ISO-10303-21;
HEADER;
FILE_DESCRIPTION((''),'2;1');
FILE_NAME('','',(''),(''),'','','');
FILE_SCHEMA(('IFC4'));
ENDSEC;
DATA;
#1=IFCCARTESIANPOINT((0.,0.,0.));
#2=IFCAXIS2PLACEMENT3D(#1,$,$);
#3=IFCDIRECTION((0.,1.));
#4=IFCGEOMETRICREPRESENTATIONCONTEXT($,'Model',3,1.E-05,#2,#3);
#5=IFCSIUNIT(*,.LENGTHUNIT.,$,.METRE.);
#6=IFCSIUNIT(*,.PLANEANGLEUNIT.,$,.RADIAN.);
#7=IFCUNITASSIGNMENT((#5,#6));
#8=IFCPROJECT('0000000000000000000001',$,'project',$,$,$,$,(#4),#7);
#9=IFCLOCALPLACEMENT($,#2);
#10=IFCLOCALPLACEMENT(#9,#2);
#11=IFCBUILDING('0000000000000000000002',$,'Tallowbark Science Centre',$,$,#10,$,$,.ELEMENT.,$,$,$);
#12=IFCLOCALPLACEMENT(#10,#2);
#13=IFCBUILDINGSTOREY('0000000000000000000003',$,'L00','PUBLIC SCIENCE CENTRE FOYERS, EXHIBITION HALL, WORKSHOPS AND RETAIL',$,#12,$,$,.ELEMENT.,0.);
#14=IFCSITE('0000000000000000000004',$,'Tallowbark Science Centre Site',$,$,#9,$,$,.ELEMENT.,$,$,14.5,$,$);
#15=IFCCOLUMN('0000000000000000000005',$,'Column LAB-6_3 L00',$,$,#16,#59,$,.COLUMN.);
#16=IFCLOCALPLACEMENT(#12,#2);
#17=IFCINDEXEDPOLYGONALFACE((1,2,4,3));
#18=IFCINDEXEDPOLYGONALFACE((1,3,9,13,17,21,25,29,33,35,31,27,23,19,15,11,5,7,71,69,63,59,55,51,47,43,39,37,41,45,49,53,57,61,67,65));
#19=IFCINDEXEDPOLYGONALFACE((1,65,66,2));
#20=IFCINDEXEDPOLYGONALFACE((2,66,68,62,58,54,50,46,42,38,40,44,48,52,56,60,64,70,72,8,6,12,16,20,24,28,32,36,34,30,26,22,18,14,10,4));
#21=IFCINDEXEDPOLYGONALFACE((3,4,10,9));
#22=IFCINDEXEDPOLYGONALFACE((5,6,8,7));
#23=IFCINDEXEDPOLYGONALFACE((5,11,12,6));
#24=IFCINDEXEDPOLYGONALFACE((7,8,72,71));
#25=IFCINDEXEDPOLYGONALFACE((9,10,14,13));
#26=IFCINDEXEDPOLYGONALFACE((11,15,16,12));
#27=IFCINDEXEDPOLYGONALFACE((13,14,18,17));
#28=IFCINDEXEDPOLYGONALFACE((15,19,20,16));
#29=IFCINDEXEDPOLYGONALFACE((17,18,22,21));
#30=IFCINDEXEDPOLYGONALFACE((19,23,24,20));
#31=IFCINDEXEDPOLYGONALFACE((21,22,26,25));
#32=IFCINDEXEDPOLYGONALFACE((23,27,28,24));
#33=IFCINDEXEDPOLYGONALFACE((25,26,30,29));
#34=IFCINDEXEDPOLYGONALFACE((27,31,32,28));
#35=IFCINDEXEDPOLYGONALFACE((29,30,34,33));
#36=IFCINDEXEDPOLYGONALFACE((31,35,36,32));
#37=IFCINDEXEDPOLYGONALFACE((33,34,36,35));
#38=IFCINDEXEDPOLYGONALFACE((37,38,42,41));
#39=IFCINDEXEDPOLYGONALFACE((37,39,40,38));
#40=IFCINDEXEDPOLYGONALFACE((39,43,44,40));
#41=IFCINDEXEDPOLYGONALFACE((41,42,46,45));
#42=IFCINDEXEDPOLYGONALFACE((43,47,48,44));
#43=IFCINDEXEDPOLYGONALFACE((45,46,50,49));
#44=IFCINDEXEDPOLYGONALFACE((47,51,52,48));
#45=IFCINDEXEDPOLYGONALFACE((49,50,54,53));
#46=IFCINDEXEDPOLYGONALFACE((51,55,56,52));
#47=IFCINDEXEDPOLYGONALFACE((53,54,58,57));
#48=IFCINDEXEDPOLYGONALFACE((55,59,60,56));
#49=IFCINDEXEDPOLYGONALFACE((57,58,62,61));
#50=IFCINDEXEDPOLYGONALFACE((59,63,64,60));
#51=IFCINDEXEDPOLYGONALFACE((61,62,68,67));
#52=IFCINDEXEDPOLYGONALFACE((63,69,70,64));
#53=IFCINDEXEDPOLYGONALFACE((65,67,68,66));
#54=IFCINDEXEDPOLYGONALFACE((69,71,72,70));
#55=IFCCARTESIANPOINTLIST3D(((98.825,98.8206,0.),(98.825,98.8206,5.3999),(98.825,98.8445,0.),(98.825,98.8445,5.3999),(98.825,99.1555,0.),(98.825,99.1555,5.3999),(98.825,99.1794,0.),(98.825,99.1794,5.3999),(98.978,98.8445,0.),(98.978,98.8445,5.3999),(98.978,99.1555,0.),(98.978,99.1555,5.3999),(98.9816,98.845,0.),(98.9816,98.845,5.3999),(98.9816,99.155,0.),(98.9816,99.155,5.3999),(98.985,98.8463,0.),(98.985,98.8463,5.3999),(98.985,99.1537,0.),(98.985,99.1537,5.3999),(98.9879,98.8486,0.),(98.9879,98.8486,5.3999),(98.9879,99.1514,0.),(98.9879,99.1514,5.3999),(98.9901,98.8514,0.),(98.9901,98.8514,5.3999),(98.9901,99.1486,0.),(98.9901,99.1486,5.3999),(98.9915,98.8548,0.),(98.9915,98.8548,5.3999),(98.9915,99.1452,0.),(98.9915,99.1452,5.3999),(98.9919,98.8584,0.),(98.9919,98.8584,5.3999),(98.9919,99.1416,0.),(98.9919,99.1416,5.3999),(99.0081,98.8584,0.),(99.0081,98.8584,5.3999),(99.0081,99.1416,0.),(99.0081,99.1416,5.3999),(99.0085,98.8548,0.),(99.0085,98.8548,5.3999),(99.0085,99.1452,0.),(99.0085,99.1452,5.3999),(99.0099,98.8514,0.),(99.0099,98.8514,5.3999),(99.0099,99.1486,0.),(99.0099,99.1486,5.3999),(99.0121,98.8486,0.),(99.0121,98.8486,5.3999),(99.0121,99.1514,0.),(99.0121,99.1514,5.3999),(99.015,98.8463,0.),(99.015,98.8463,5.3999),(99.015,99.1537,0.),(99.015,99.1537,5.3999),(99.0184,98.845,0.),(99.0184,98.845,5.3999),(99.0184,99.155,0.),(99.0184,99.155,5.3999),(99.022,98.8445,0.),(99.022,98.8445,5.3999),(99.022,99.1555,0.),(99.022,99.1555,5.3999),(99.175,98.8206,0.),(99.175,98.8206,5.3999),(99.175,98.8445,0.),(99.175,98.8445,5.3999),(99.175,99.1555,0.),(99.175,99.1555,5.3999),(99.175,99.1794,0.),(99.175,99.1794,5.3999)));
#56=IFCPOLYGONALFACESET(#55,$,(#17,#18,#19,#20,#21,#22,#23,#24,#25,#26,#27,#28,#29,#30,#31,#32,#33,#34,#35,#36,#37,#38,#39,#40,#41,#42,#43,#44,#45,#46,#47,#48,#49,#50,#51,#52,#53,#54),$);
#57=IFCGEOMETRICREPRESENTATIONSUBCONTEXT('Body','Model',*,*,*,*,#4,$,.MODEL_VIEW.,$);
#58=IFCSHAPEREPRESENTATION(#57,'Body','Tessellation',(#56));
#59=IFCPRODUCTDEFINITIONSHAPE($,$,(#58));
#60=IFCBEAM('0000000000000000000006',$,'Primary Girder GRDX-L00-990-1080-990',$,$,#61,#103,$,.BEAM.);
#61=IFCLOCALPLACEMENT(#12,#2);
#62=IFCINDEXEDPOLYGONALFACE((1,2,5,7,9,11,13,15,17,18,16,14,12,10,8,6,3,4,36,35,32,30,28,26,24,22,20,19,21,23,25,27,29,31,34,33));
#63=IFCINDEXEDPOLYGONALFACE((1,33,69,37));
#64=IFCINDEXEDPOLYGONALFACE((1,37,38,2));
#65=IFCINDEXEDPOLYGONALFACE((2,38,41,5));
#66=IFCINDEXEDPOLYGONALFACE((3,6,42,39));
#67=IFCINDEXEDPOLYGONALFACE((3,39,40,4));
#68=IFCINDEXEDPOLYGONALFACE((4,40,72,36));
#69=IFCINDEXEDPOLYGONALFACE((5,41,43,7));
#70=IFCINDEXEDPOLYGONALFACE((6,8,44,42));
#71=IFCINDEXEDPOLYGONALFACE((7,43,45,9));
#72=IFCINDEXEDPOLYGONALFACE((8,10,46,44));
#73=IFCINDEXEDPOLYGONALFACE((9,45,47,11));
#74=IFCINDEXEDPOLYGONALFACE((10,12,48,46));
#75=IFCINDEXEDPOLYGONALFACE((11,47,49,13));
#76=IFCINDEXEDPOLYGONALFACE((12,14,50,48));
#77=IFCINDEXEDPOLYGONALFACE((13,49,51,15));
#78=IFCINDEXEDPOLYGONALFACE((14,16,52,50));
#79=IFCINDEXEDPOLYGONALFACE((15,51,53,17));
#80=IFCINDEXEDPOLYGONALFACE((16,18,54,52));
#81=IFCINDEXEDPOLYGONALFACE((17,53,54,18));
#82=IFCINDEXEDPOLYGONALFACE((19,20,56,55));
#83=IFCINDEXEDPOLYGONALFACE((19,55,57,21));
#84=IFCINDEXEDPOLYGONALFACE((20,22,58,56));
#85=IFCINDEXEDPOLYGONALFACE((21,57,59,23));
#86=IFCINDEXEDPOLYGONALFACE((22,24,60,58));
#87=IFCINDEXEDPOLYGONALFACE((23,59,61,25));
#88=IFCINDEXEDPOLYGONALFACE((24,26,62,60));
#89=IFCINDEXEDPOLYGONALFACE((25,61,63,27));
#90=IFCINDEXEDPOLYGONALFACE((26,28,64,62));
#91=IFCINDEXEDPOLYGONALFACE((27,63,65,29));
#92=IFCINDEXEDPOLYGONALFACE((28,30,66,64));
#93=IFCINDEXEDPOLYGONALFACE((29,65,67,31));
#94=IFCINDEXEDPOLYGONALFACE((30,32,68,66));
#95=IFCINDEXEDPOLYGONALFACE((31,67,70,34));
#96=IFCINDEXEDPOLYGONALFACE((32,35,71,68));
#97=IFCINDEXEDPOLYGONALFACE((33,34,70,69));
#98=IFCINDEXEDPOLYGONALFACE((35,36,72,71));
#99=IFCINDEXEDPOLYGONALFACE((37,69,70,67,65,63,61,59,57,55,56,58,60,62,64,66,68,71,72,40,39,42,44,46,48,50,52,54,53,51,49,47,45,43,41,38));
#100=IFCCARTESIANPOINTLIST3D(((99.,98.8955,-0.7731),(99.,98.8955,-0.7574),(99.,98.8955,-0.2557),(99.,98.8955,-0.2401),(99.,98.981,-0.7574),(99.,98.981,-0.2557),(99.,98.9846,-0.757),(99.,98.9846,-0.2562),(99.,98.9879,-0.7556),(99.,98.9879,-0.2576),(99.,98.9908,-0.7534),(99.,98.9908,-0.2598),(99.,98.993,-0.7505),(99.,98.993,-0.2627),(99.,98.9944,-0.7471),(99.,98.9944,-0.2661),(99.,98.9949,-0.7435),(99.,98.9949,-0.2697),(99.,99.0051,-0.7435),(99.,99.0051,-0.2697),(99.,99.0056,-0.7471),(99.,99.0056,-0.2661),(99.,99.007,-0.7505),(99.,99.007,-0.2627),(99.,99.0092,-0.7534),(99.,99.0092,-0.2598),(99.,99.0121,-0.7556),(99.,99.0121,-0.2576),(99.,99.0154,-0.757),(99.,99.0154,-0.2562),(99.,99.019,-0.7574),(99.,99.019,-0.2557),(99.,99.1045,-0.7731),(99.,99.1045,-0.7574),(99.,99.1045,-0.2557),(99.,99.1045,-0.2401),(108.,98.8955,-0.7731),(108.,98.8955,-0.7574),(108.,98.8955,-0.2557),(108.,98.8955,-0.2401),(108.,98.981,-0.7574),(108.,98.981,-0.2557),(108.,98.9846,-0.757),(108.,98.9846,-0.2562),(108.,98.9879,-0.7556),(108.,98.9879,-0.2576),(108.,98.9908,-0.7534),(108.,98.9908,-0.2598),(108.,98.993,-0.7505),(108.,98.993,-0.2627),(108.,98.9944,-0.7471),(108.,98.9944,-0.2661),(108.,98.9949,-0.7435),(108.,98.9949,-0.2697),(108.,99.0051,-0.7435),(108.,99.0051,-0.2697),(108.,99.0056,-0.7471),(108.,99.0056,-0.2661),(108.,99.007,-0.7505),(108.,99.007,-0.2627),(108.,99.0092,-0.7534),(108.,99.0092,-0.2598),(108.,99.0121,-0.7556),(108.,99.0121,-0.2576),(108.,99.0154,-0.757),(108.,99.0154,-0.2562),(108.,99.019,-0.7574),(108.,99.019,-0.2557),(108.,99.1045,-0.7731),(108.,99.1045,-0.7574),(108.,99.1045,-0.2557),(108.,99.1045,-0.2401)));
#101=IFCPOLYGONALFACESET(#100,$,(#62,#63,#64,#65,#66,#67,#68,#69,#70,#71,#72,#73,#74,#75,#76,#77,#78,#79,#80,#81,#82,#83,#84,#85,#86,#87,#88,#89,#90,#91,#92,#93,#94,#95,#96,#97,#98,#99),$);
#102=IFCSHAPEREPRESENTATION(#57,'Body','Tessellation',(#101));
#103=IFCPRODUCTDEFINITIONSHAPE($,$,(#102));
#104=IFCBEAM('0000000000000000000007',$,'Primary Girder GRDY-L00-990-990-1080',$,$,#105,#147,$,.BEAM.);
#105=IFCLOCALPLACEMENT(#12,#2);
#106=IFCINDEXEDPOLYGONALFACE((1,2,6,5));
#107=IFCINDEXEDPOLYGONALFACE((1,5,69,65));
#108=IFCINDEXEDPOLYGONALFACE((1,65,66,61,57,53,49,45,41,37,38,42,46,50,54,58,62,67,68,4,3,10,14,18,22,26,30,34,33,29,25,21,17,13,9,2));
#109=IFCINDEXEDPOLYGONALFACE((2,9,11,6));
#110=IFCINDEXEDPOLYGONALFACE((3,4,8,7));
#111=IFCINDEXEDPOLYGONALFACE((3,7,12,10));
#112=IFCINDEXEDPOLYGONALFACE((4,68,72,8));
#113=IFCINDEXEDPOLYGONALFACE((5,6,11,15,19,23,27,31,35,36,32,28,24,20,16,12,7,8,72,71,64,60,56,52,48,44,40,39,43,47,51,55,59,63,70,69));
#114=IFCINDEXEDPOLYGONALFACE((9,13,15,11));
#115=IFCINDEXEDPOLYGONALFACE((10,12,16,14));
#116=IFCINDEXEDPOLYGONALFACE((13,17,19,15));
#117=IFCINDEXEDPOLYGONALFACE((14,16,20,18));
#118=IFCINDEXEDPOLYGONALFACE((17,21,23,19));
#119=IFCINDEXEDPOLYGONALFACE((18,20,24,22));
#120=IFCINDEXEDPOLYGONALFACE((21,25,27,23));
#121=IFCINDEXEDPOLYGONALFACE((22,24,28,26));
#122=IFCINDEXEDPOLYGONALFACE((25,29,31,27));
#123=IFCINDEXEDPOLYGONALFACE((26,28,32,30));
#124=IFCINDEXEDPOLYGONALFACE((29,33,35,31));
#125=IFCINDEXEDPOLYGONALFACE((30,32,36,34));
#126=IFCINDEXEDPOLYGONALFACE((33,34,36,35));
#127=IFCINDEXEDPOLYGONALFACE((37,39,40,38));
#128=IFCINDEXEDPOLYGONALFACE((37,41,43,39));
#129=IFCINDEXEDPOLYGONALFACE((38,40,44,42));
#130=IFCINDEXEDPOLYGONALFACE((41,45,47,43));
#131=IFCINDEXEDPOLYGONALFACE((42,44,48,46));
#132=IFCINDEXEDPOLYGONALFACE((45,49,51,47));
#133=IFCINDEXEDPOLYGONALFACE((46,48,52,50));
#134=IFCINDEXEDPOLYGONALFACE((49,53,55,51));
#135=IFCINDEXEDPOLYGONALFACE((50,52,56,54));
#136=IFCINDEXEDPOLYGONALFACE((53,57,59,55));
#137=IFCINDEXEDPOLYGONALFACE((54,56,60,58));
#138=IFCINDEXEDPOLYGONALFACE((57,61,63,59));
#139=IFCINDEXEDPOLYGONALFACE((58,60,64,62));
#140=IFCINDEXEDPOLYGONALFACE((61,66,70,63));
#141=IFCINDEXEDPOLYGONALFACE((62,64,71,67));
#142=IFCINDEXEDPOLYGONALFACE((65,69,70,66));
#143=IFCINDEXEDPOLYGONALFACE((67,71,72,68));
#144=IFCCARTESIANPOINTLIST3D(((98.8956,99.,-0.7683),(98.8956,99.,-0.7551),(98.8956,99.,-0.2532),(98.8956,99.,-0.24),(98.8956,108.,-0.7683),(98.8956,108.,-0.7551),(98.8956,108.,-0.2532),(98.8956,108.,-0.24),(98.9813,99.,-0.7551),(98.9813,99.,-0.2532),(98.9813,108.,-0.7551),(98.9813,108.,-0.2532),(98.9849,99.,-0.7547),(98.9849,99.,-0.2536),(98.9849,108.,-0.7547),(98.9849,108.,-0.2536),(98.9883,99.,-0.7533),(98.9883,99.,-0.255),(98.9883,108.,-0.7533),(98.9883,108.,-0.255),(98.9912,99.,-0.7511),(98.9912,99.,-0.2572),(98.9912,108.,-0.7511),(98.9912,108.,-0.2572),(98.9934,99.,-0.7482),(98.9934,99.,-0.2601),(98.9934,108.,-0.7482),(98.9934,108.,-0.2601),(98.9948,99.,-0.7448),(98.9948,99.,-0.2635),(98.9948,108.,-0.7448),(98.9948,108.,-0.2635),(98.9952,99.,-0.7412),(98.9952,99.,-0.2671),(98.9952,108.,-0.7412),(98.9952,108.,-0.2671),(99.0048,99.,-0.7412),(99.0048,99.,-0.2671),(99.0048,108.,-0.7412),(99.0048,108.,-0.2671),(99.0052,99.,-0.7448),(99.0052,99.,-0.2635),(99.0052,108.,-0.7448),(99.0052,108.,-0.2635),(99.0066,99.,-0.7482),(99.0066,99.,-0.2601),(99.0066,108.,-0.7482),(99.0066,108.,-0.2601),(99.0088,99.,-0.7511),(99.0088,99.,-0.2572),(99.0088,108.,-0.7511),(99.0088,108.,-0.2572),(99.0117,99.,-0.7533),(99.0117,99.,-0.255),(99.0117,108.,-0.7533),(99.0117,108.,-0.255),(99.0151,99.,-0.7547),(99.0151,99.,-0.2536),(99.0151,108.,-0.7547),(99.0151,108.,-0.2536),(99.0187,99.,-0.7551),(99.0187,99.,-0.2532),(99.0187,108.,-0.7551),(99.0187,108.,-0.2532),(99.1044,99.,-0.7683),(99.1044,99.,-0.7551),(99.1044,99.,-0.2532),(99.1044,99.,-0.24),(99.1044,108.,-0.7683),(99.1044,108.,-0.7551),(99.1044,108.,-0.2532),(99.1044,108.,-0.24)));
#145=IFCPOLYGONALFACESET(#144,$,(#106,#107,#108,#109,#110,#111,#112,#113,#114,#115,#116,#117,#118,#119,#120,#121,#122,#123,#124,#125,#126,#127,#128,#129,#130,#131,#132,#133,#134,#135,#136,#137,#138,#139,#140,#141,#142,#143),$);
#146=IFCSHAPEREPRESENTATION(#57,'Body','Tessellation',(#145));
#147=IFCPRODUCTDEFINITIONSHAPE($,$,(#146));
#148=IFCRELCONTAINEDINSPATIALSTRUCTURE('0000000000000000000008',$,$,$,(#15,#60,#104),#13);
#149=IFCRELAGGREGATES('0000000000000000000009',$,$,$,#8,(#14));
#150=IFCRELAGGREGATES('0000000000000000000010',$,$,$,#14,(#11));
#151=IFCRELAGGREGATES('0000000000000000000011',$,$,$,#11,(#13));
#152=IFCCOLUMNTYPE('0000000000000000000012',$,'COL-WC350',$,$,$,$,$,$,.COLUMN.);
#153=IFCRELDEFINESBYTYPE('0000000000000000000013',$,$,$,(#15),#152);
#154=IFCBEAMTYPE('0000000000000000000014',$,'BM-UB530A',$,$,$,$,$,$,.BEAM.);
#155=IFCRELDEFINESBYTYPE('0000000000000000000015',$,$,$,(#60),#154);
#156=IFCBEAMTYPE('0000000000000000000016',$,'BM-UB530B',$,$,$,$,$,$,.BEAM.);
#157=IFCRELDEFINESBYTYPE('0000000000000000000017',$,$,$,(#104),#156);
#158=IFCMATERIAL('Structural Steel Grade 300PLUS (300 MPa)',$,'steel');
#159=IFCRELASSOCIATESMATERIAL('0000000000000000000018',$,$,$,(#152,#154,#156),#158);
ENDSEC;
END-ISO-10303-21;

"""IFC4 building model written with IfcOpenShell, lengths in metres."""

from ifc_helpers import new_model, si_unit, direction, frame, origin, origin_2d, place, context, subcontext, project, spatial, i_section, extrude, material, material_profile, profile_set, type_object, element, save


model = new_model("IFC4")

# Units and contexts
model_context = context("Model", 3, precision=1e-05, world=origin(), true_north=direction((0.0, 1.0)))
body_context = subcontext(model_context, "Body", "Model", "MODEL_VIEW")
ifc_project = project(units=[si_unit("LENGTHUNIT", "METRE"), si_unit("PLANEANGLEUNIT", "RADIAN")], contexts=[model_context])

# Site, building, storey
site_placement = place(None, origin())
site = spatial("IfcSite", under=ifc_project, at=site_placement, Name="Tallowbark Science Centre Site", CompositionType="ELEMENT", RefElevation=14.5)
building_placement = place(site_placement, origin())
building = spatial("IfcBuilding", under=site, at=building_placement, Name="Tallowbark Science Centre", CompositionType="ELEMENT")
storey_placement = place(building_placement, origin())
storey = spatial("IfcBuildingStorey", under=building, at=storey_placement, Name="L00", Description="PUBLIC SCIENCE CENTRE FOYERS, EXHIBITION HALL, WORKSHOPS AND RETAIL", CompositionType="ELEMENT", Elevation=0.0)

# Column
ifc_material_1 = material(Name="Structural Steel Grade 300PLUS (300 MPa)", Category="steel")
ifc_material_profile_1 = material_profile(ifc_material_1, i_section(OverallWidth=0.3501, OverallDepth=0.3589, WebThickness=0.0161, FlangeThickness=0.0239, FilletRadius=0.0139, at=origin_2d()), Name="350WC197")
ifc_profile_set_1 = profile_set([ifc_material_profile_1], Name="Structural Steel Grade 300PLUS (300 MPa)")
column_type = type_object("IfcColumnType", Name="COL-WC350", PredefinedType="COLUMN", material=ifc_profile_set_1)
column_placement = place(storey_placement, frame((99.0, 99.0, 0.0), z_axis=(0.0, 0.0, 1.0), x_axis=(1.0, 0.0, 0.0)))
element("IfcColumn", 1, at=column_placement, inside=storey, type_object=column_type, Name="Column LAB-6_3 L00", PredefinedType="COLUMN", context=body_context, shape_type="SweptSolid", body=[
    extrude(i_section(OverallWidth=0.3501, OverallDepth=0.3589, WebThickness=0.0161, FlangeThickness=0.0239, FilletRadius=0.0139, at=origin_2d()), origin(), (0.0, 0.0, 1.0), 5.3999),
])

# Beams
ifc_material_profile_2 = material_profile(ifc_material_1, i_section(OverallWidth=0.209, OverallDepth=0.533, WebThickness=0.0103, FlangeThickness=0.0156, FilletRadius=0.0139, at=origin_2d()), Name="530UB92.4")
ifc_profile_set_2 = profile_set([ifc_material_profile_2], Name="Structural Steel Grade 300PLUS (300 MPa)")
beam_type_1 = type_object("IfcBeamType", Name="BM-UB530A", PredefinedType="BEAM", material=ifc_profile_set_2)
beam_1_placement = place(storey_placement, frame((99.0, 99.0, -0.5066), z_axis=(1.0, 0.0, 0.0), x_axis=(0.0, 1.0, 0.0)))
element("IfcBeam", 2, at=beam_1_placement, inside=storey, type_object=beam_type_1, Name="Primary Girder GRDX-L00-990-1080-990", PredefinedType="BEAM", context=body_context, shape_type="SweptSolid", body=[
    extrude(i_section(OverallWidth=0.209, OverallDepth=0.533, WebThickness=0.0103, FlangeThickness=0.0156, FilletRadius=0.0139, at=origin_2d()), origin(), (0.0, 0.0, 1.0), 9.0),
])
ifc_material_profile_3 = material_profile(ifc_material_1, i_section(OverallWidth=0.2087, OverallDepth=0.5283, WebThickness=0.0095, FlangeThickness=0.0132, FilletRadius=0.0139, at=origin_2d()), Name="530UB82.0")
ifc_profile_set_3 = profile_set([ifc_material_profile_3], Name="Structural Steel Grade 300PLUS (300 MPa)")
beam_type_2 = type_object("IfcBeamType", Name="BM-UB530B", PredefinedType="BEAM", material=ifc_profile_set_3)
beam_2_placement = place(storey_placement, frame((99.0, 99.0, -0.5042), z_axis=(0.0, 1.0, 0.0), x_axis=(-1.0, 0.0, 0.0)))
element("IfcBeam", 3, at=beam_2_placement, inside=storey, type_object=beam_type_2, Name="Primary Girder GRDY-L00-990-990-1080", PredefinedType="BEAM", context=body_context, shape_type="SweptSolid", body=[
    extrude(i_section(OverallWidth=0.2087, OverallDepth=0.5283, WebThickness=0.0095, FlangeThickness=0.0132, FilletRadius=0.0139, at=origin_2d()), origin(), (0.0, 0.0, 1.0), 9.0),
])

save(model, "model.ifc")
